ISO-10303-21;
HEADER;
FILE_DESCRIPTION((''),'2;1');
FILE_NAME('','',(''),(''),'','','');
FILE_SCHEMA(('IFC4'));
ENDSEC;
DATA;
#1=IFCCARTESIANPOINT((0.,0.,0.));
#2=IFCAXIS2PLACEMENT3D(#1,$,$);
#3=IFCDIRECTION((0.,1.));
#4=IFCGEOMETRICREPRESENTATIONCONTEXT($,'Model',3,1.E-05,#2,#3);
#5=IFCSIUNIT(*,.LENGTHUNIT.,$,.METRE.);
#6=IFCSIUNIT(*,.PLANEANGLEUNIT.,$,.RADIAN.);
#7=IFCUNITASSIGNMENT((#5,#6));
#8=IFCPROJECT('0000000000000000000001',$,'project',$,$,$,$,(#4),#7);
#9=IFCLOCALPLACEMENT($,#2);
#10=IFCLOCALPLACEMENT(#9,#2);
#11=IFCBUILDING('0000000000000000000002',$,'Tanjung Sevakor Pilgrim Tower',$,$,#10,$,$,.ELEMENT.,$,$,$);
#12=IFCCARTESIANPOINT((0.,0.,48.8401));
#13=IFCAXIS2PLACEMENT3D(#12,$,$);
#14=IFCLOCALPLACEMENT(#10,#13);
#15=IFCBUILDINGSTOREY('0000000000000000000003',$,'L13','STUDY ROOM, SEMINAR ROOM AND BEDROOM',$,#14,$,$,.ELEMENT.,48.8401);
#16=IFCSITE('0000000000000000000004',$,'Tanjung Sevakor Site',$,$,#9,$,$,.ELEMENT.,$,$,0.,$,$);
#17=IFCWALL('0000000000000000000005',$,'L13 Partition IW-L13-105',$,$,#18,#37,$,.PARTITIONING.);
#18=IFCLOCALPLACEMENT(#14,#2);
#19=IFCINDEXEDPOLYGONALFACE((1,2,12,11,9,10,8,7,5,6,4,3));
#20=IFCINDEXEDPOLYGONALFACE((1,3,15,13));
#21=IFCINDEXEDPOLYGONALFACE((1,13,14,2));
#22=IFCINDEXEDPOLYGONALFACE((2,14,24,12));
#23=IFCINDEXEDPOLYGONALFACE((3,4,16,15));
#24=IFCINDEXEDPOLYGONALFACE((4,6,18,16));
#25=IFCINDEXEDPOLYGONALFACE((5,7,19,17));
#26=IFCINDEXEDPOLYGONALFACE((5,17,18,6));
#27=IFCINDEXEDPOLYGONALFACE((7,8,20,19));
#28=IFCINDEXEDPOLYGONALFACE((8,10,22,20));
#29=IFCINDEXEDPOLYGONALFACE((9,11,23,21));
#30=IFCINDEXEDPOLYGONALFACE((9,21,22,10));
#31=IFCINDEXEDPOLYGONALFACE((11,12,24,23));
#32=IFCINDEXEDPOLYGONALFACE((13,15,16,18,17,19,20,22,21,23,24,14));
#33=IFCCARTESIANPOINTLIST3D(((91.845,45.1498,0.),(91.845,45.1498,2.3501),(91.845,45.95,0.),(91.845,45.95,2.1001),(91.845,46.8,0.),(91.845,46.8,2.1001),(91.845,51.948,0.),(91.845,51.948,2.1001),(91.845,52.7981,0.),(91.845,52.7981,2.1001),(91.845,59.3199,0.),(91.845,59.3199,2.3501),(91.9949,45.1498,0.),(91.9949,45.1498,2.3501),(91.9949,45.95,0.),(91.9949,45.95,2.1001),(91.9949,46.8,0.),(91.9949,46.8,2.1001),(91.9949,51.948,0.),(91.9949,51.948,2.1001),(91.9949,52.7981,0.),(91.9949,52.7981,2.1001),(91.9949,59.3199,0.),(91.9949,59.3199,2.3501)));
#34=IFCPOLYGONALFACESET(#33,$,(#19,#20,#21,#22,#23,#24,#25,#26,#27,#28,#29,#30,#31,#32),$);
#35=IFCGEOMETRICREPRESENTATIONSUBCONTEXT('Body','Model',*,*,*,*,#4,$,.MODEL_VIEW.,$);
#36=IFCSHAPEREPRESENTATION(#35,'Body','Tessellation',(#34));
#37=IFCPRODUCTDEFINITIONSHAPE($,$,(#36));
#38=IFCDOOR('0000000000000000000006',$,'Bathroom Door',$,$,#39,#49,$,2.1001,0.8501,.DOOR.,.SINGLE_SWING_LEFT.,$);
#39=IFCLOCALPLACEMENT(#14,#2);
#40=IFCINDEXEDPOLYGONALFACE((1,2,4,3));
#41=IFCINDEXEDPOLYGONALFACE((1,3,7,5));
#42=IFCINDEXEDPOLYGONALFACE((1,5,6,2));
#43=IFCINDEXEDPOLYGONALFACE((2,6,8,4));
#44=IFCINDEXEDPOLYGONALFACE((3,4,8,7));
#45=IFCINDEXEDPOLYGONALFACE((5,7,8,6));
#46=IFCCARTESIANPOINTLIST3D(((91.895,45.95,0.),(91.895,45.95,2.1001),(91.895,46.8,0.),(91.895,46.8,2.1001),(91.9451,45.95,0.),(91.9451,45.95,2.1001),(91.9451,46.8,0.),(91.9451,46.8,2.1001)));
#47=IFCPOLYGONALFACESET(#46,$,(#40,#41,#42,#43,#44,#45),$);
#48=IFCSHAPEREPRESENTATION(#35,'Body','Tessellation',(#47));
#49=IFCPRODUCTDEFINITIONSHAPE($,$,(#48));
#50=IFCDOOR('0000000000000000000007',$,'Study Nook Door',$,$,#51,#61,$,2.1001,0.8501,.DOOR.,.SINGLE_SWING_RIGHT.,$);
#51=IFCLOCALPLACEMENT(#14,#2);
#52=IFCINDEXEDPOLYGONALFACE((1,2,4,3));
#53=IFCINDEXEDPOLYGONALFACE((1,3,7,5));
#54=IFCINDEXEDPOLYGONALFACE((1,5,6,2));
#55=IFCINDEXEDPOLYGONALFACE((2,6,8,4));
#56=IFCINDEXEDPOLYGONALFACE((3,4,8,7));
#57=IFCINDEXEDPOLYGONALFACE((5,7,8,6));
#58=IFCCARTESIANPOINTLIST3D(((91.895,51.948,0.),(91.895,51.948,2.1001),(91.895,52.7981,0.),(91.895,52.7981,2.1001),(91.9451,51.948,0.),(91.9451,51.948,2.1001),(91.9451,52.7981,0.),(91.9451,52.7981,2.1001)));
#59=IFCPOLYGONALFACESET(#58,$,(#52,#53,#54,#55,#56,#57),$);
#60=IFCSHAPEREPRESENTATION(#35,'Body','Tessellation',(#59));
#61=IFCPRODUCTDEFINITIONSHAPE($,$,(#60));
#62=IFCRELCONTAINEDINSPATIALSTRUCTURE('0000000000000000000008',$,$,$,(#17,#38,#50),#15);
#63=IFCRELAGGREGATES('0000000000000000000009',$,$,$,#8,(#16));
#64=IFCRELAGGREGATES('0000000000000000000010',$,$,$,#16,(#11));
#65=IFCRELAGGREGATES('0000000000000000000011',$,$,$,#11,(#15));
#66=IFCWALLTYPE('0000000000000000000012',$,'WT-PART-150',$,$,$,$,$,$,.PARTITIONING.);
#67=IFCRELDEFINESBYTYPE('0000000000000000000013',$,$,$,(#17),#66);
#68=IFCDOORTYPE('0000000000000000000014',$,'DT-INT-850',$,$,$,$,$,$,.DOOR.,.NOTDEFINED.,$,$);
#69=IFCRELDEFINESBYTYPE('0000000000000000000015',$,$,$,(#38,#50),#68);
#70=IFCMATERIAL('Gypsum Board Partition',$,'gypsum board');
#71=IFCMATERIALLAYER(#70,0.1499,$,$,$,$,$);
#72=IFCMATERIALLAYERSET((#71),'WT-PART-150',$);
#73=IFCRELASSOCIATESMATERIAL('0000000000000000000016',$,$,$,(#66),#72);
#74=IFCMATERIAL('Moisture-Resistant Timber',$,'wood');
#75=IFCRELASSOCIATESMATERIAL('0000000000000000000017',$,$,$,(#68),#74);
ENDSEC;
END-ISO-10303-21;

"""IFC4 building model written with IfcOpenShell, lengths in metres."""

from ifc_helpers import new_model, si_unit, direction, frame, frame_2d, origin, place, context, subcontext, project, spatial, rectangle, extrude, material, layer, layer_set, type_object, element, fill, save


model = new_model("IFC4")

# Units and contexts
model_context = context("Model", 3, precision=1e-05, world=origin(), true_north=direction((0.0, 1.0)))
body_context = subcontext(model_context, "Body", "Model", "MODEL_VIEW")
ifc_project = project(units=[si_unit("LENGTHUNIT", "METRE"), si_unit("PLANEANGLEUNIT", "RADIAN")], contexts=[model_context])

# Site, building, storey
site_placement = place(None, origin())
site = spatial("IfcSite", under=ifc_project, at=site_placement, Name="Tanjung Sevakor Site", CompositionType="ELEMENT", RefElevation=0.0)
building_placement = place(site_placement, origin())
building = spatial("IfcBuilding", under=site, at=building_placement, Name="Tanjung Sevakor Pilgrim Tower", CompositionType="ELEMENT")
storey_placement = place(building_placement, frame((0.0, 0.0, 48.8401)))
storey = spatial("IfcBuildingStorey", under=building, at=storey_placement, Name="L13", Description="STUDY ROOM, SEMINAR ROOM AND BEDROOM", CompositionType="ELEMENT", Elevation=48.8401)

# Shared definitions
ifc_material_1 = material(Name="Gypsum Board Partition", Category="gypsum board")
ifc_layer_1 = layer(ifc_material_1, 0.1499)
ifc_layer_set_1 = layer_set([ifc_layer_1], Name="WT-PART-150")
wall_type_1 = type_object("IfcWallType", Name="WT-PART-150", PredefinedType="PARTITIONING", material=ifc_layer_set_1)

# Wall, openings, doors
wall_1_placement = place(storey_placement, frame((91.9199, 45.1499, 0.0), z_axis=(0.0, 0.0, 1.0), x_axis=(0.0, 1.0, 0.0)))
wall_1 = element("IfcWall", 1, at=wall_1_placement, inside=storey, type_object=wall_type_1, Name="L13 Partition IW-L13-105", PredefinedType="PARTITIONING", context=body_context, shape_type="SweptSolid", body=[
    extrude(rectangle(XDim=14.1702, YDim=0.1499, at=frame_2d((7.085, 0.0))), origin(), (0.0, 0.0, 1.0), 2.3501),
])
opening_1_placement = place(wall_1_placement, frame((0.8, 0.0, 0.0)))
opening_1 = element("IfcOpeningElement", 2, at=opening_1_placement, cuts=wall_1, PredefinedType="OPENING", context=body_context, shape_type="SweptSolid", body=[
    extrude(rectangle(XDim=0.8501, YDim=2.1001, at=frame_2d((0.425, 1.05))), frame((0.0, 0.085, 0.0), z_axis=(0.0, -1.0, 0.0), x_axis=(1.0, 0.0, 0.0)), (0.0, 0.0, 1.0), 0.1699),
])
opening_2_placement = place(wall_1_placement, frame((6.7981, 0.0, 0.0)))
opening_2 = element("IfcOpeningElement", 3, at=opening_2_placement, cuts=wall_1, PredefinedType="OPENING", context=body_context, shape_type="SweptSolid", body=[
    extrude(rectangle(XDim=0.8501, YDim=2.1001, at=frame_2d((0.425, 1.05))), frame((0.0, 0.085, 0.0), z_axis=(0.0, -1.0, 0.0), x_axis=(1.0, 0.0, 0.0)), (0.0, 0.0, 1.0), 0.1699),
])
ifc_material_2 = material(Name="Moisture-Resistant Timber", Category="wood")
door_type_1 = type_object("IfcDoorType", Name="DT-INT-850", OperationType="NOTDEFINED", PredefinedType="DOOR", material=ifc_material_2)
door_1_placement = place(opening_1_placement, origin())
door_1 = element("IfcDoor", 4, at=door_1_placement, inside=storey, type_object=door_type_1, Name="Bathroom Door", OperationType="SINGLE_SWING_LEFT", OverallHeight=2.1001, OverallWidth=0.8501, PredefinedType="DOOR", context=body_context, shape_type="SweptSolid", body=[
    extrude(rectangle(XDim=0.8501, YDim=2.1001, at=frame_2d((0.425, 1.05))), frame((0.0, 0.0249, 0.0), z_axis=(0.0, -1.0, 0.0), x_axis=(1.0, 0.0, 0.0)), (0.0, 0.0, 1.0), 0.05),
])
fill(opening_1, door_1)
door_2_placement = place(opening_2_placement, origin())
door_2 = element("IfcDoor", 5, at=door_2_placement, inside=storey, type_object=door_type_1, Name="Study Nook Door", OperationType="SINGLE_SWING_RIGHT", OverallHeight=2.1001, OverallWidth=0.8501, PredefinedType="DOOR", context=body_context, shape_type="SweptSolid", body=[
    extrude(rectangle(XDim=0.8501, YDim=2.1001, at=frame_2d((0.425, 1.05))), frame((0.0, 0.0249, 0.0), z_axis=(0.0, -1.0, 0.0), x_axis=(1.0, 0.0, 0.0)), (0.0, 0.0, 1.0), 0.05),
])
fill(opening_2, door_2)

save(model, "model.ifc")
